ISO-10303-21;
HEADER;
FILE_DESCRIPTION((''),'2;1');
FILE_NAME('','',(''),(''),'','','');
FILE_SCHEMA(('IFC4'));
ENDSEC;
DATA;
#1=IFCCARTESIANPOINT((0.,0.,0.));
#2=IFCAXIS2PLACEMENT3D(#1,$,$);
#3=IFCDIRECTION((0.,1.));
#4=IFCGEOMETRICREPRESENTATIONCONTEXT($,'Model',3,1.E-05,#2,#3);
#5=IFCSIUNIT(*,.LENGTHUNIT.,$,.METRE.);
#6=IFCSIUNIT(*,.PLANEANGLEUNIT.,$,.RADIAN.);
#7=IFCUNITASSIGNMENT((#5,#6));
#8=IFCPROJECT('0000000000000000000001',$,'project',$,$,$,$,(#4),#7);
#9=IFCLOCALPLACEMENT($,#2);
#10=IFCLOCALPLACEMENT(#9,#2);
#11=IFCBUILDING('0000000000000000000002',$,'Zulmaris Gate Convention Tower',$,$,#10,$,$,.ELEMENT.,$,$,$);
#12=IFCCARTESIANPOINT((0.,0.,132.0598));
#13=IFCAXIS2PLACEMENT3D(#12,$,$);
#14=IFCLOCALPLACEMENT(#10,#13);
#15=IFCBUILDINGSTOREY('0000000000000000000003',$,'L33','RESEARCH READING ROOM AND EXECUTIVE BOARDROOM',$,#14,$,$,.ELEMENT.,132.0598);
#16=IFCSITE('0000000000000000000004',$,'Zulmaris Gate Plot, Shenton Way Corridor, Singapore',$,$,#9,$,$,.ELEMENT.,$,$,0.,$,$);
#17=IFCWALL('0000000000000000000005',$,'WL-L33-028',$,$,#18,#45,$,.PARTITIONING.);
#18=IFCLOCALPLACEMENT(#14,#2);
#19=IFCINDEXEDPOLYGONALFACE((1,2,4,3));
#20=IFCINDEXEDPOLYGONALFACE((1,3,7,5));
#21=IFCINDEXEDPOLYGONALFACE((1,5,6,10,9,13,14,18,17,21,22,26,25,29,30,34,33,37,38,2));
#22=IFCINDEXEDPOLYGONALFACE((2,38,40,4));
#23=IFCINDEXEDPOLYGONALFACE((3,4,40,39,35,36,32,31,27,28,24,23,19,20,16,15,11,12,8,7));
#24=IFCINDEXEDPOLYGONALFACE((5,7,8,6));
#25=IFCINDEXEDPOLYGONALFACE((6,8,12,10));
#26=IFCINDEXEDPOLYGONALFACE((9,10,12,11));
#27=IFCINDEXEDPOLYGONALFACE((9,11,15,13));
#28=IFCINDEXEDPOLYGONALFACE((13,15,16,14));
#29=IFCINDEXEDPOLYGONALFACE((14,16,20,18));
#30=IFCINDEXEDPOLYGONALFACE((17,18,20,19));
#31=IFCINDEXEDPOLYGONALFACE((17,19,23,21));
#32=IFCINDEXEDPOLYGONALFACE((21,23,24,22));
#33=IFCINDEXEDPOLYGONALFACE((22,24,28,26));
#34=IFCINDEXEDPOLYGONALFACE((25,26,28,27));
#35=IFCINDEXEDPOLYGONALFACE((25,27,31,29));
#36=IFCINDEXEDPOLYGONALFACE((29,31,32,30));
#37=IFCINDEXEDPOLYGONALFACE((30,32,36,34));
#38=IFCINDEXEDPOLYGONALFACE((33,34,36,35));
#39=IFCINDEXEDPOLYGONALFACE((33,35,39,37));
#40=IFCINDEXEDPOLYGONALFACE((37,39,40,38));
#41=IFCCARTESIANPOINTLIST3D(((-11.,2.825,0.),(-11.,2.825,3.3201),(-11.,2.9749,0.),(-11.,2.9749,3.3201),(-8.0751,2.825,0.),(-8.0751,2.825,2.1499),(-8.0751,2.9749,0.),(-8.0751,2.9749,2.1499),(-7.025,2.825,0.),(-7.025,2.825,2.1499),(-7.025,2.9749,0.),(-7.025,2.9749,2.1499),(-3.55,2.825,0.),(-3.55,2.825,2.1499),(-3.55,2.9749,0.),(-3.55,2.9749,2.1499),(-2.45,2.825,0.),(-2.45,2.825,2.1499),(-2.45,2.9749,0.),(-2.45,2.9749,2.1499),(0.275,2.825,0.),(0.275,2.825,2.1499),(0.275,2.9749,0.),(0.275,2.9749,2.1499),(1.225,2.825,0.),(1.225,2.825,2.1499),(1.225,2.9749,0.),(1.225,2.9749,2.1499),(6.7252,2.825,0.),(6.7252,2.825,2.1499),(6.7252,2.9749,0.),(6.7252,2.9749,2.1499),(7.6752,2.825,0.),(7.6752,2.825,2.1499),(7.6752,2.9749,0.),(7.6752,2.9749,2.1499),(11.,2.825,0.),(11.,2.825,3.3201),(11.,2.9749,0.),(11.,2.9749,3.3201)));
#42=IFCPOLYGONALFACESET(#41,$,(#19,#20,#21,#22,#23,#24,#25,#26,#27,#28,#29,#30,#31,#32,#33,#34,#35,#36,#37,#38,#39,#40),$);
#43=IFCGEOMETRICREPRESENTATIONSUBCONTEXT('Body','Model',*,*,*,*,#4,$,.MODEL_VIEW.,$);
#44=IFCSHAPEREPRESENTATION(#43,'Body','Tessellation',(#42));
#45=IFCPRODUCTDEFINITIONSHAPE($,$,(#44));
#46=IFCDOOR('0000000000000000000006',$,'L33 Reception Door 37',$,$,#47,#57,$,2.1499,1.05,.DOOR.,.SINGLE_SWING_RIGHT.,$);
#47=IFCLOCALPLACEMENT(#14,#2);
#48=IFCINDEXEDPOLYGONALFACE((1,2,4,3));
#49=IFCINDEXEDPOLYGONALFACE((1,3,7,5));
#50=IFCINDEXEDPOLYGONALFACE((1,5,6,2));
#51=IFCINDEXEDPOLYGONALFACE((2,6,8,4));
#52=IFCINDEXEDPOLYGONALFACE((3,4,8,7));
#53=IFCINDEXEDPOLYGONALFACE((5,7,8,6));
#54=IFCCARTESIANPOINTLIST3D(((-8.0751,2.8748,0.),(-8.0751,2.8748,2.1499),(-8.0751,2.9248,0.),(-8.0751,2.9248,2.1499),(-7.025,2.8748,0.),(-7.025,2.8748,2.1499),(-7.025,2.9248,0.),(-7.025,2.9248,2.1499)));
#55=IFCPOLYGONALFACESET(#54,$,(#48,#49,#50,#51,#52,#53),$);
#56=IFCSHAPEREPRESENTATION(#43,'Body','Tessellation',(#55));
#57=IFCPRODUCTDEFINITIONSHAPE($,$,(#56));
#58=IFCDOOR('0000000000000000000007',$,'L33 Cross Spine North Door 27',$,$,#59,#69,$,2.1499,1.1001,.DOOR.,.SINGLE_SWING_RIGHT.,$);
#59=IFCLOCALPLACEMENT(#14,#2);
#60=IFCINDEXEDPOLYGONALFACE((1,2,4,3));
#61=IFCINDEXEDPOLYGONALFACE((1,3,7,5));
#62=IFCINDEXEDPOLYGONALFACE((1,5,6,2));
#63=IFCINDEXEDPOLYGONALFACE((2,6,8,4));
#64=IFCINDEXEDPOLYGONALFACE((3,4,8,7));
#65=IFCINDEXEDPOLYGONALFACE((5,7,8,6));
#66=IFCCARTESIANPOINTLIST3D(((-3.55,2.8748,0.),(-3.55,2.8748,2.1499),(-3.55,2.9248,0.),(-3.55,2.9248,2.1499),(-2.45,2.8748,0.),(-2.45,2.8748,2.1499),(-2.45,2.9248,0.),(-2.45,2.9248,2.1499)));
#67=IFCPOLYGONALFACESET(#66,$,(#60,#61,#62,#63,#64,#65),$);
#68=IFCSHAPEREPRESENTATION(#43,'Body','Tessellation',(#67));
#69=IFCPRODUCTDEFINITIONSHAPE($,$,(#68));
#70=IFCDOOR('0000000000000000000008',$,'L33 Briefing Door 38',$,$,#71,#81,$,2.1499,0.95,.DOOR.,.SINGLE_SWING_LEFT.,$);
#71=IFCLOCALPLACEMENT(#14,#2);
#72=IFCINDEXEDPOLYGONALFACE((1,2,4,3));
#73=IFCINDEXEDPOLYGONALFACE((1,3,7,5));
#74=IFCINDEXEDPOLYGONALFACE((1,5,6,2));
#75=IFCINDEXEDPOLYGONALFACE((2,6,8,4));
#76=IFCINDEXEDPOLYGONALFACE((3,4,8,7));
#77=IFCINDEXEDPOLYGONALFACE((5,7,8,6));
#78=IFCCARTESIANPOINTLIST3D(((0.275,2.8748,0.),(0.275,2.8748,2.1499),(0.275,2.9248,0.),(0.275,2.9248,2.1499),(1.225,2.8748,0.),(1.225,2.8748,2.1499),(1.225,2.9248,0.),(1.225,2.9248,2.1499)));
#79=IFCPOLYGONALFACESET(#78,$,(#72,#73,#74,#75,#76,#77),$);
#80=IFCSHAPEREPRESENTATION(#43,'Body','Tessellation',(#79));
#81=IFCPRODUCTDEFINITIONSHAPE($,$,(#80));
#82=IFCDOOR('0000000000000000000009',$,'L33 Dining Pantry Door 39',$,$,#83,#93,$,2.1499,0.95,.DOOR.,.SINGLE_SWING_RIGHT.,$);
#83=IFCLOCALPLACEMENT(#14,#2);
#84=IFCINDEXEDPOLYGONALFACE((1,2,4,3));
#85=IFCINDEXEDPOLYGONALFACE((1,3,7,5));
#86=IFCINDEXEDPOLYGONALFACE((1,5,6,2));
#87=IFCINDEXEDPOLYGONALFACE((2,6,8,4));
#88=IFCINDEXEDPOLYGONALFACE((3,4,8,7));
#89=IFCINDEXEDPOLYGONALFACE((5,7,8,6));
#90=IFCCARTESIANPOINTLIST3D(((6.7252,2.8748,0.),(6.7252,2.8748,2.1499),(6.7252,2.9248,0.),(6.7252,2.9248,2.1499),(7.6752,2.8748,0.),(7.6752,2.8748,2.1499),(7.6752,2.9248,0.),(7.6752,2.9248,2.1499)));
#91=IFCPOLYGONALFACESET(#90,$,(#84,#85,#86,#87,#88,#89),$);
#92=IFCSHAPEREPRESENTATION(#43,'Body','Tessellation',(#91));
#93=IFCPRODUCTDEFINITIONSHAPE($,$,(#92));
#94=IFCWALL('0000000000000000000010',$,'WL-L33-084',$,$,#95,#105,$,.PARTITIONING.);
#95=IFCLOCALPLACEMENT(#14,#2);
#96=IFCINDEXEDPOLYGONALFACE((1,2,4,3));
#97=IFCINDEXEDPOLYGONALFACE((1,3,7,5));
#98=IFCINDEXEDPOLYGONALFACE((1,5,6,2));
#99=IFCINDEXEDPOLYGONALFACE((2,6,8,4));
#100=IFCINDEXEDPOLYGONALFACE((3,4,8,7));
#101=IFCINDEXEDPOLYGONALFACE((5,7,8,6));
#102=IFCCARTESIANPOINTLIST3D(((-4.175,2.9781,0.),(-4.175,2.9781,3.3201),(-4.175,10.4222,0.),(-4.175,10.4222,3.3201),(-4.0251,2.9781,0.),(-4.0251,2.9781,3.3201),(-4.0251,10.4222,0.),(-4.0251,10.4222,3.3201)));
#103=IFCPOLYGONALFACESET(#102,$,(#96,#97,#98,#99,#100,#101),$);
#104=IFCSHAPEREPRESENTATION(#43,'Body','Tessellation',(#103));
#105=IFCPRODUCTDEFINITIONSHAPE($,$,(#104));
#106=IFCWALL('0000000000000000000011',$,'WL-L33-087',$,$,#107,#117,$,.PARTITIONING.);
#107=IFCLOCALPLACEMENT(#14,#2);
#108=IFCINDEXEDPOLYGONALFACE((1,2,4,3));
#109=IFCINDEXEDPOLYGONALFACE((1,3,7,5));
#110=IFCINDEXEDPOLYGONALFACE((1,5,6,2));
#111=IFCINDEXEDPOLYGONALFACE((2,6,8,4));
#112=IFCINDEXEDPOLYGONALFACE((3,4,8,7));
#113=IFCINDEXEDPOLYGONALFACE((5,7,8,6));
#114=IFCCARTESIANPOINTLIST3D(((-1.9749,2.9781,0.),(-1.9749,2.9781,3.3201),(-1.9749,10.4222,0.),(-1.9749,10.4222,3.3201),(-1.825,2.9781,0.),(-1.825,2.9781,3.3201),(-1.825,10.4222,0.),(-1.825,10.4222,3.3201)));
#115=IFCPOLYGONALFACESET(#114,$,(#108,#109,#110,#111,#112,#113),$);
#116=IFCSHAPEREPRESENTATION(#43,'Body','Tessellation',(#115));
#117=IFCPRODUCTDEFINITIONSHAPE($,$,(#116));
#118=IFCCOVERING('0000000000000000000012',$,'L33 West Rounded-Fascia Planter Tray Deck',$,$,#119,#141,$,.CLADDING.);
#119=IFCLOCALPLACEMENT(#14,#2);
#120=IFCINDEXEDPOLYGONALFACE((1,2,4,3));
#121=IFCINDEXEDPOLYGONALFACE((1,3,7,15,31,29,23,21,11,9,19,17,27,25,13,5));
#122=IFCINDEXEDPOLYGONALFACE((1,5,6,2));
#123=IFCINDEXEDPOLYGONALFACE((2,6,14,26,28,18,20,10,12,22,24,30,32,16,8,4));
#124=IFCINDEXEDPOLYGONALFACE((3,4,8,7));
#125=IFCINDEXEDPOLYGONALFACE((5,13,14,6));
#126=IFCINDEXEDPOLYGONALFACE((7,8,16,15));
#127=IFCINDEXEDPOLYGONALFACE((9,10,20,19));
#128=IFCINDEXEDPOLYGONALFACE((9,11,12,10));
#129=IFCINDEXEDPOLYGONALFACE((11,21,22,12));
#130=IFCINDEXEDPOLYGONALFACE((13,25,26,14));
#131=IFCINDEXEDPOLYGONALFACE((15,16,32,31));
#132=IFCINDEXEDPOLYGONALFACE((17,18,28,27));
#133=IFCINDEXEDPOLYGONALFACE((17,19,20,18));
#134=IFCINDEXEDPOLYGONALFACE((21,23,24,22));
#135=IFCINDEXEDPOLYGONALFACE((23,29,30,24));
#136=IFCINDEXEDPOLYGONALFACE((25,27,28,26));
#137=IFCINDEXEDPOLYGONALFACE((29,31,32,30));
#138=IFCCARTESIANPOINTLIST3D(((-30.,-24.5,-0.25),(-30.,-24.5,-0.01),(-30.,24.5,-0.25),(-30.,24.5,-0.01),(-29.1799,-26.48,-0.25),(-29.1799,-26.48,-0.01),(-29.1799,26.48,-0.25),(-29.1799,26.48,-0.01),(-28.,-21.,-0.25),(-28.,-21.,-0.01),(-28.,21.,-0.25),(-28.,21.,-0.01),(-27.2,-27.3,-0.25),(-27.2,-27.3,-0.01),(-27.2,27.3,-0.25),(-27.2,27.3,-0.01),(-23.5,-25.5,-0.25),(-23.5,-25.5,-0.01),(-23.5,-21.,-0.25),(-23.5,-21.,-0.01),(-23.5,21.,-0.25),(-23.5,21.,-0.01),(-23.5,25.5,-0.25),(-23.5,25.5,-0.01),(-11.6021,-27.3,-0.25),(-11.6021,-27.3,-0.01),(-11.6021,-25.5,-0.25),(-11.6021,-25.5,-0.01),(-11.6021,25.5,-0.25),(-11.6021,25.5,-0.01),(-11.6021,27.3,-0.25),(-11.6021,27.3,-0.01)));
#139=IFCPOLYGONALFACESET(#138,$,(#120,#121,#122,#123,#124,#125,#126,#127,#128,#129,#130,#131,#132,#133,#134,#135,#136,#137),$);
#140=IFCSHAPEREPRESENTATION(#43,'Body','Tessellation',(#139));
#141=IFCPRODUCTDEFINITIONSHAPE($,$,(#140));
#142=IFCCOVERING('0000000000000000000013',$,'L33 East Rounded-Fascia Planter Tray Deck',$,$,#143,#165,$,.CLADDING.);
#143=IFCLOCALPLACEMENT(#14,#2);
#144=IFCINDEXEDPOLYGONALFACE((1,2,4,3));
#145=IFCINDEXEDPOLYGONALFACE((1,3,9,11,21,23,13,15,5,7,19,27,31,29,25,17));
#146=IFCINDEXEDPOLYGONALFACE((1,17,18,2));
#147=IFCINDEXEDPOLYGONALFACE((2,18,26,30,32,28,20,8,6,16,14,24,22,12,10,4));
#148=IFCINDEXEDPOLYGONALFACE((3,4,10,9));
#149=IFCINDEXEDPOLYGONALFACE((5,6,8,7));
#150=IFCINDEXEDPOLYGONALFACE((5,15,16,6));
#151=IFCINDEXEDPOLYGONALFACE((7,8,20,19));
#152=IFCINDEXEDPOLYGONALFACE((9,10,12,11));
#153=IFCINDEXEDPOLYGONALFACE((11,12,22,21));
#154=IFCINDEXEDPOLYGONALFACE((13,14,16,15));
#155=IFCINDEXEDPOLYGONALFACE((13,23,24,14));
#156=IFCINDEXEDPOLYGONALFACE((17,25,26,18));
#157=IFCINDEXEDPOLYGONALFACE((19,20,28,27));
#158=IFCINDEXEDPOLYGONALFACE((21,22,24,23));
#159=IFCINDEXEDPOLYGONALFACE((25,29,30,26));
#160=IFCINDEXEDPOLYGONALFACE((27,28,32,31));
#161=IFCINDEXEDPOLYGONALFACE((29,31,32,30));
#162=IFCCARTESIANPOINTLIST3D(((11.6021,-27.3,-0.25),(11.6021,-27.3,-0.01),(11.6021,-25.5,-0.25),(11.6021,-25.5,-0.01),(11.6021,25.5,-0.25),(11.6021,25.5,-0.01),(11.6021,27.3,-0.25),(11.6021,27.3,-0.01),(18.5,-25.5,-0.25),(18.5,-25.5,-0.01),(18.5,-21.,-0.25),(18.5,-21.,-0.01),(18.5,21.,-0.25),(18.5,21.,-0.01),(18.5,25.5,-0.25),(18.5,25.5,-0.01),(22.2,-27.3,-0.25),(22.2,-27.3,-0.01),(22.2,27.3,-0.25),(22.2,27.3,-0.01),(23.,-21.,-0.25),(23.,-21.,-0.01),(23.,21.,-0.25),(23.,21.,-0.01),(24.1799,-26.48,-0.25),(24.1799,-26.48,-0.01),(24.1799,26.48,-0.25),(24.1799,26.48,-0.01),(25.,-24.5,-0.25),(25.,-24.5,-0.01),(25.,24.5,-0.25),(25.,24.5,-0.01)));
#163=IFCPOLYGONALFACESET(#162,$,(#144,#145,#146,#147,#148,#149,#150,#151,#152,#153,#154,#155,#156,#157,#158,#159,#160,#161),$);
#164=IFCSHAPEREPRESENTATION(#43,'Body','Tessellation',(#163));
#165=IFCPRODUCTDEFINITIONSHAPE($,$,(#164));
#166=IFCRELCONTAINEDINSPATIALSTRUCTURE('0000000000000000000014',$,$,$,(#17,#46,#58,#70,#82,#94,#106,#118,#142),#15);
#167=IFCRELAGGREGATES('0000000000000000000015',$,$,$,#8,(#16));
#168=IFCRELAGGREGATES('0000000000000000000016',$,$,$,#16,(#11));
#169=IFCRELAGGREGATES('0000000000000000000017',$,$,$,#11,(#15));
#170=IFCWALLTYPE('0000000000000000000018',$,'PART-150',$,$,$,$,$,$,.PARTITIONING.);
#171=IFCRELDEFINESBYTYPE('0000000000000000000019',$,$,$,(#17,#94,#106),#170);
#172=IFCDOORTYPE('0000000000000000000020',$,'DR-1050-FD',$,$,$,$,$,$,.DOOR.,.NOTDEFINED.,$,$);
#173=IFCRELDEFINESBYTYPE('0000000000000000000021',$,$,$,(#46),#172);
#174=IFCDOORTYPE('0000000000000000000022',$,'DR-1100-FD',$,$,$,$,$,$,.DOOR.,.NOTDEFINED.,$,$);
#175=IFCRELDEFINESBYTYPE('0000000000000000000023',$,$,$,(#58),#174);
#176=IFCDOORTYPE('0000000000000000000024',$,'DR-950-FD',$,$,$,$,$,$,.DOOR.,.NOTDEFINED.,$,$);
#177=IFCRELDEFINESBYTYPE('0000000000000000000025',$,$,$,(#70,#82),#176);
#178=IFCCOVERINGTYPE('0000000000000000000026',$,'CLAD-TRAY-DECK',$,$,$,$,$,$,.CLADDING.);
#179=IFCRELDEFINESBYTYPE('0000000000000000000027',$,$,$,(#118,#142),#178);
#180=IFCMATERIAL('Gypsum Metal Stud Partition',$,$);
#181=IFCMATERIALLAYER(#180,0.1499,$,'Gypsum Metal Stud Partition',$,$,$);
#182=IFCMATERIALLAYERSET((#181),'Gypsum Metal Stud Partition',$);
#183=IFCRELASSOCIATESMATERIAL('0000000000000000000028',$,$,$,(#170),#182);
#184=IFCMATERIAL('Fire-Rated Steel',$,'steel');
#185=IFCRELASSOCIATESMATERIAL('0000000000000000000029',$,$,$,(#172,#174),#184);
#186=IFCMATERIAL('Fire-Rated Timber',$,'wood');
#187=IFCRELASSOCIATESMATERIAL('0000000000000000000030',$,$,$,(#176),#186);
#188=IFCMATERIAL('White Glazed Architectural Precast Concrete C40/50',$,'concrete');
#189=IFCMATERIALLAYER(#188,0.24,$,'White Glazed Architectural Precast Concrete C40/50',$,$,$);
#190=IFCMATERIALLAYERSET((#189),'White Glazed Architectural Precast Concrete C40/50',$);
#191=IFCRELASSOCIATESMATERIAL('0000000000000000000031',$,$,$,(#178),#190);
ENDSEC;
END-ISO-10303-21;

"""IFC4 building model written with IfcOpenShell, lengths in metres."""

from ifc_helpers import new_model, si_unit, direction, frame, frame_2d, origin, place, context, subcontext, project, spatial, polyline, rectangle, outline, extrude, material, layer, layer_set, type_object, element, fill, save


model = new_model("IFC4")

# Units and contexts
model_context = context("Model", 3, precision=1e-05, world=origin(), true_north=direction((0.0, 1.0)))
body_context = subcontext(model_context, "Body", "Model", "MODEL_VIEW")
ifc_project = project(units=[si_unit("LENGTHUNIT", "METRE"), si_unit("PLANEANGLEUNIT", "RADIAN")], contexts=[model_context])

# Site, building, storey
site_placement = place(None, origin())
site = spatial("IfcSite", under=ifc_project, at=site_placement, Name="Zulmaris Gate Plot, Shenton Way Corridor, Singapore", CompositionType="ELEMENT", RefElevation=0.0)
building_placement = place(site_placement, origin())
building = spatial("IfcBuilding", under=site, at=building_placement, Name="Zulmaris Gate Convention Tower", CompositionType="ELEMENT")
storey_placement = place(building_placement, frame((0.0, 0.0, 132.0598)))
storey = spatial("IfcBuildingStorey", under=building, at=storey_placement, Name="L33", Description="RESEARCH READING ROOM AND EXECUTIVE BOARDROOM", CompositionType="ELEMENT", Elevation=132.0598)

# Wall, openings, doors
ifc_material_1 = material(Name="Gypsum Metal Stud Partition")
ifc_layer_1 = layer(ifc_material_1, 0.1499, Name="Gypsum Metal Stud Partition")
ifc_layer_set_1 = layer_set([ifc_layer_1], Name="Gypsum Metal Stud Partition")
wall_type = type_object("IfcWallType", Name="PART-150", PredefinedType="PARTITIONING", material=ifc_layer_set_1)
wall_placement = place(storey_placement, frame((-11.0, 2.8999, 0.0), z_axis=(0.0, 0.0, 1.0), x_axis=(1.0, 0.0, 0.0)))
wall = element("IfcWall", 1, at=wall_placement, inside=storey, type_object=wall_type, Name="WL-L33-028", PredefinedType="PARTITIONING", context=body_context, shape_type="SweptSolid", body=[
    extrude(rectangle(XDim=22.0, YDim=0.1499, at=frame_2d((11.0, 0.0))), origin(), (0.0, 0.0, 1.0), 3.3201),
])
opening_1_placement = place(wall_placement, frame((7.45, 0.0, 0.0)))
opening_1 = element("IfcOpeningElement", 2, at=opening_1_placement, cuts=wall, PredefinedType="OPENING", context=body_context, shape_type="SweptSolid", body=[
    extrude(rectangle(XDim=1.1001, YDim=2.1499, at=frame_2d((0.55, 1.075))), frame((0.0, 0.085, 0.0), z_axis=(0.0, -1.0, 0.0), x_axis=(1.0, 0.0, 0.0)), (0.0, 0.0, 1.0), 0.1699),
])
opening_2_placement = place(wall_placement, frame((2.925, 0.0, 0.0)))
opening_2 = element("IfcOpeningElement", 3, at=opening_2_placement, cuts=wall, PredefinedType="OPENING", context=body_context, shape_type="SweptSolid", body=[
    extrude(rectangle(XDim=1.05, YDim=2.1499, at=frame_2d((0.5249, 1.075))), frame((0.0, 0.085, 0.0), z_axis=(0.0, -1.0, 0.0), x_axis=(1.0, 0.0, 0.0)), (0.0, 0.0, 1.0), 0.1699),
])
opening_3_placement = place(wall_placement, frame((11.2749, 0.0, 0.0)))
opening_3 = element("IfcOpeningElement", 4, at=opening_3_placement, cuts=wall, PredefinedType="OPENING", context=body_context, shape_type="SweptSolid", body=[
    extrude(rectangle(XDim=0.95, YDim=2.1499, at=frame_2d((0.4751, 1.075))), frame((0.0, 0.085, 0.0), z_axis=(0.0, -1.0, 0.0), x_axis=(1.0, 0.0, 0.0)), (0.0, 0.0, 1.0), 0.1699),
])
opening_4_placement = place(wall_placement, frame((17.7251, 0.0, 0.0)))
opening_4 = element("IfcOpeningElement", 5, at=opening_4_placement, cuts=wall, PredefinedType="OPENING", context=body_context, shape_type="SweptSolid", body=[
    extrude(rectangle(XDim=0.95, YDim=2.1499, at=frame_2d((0.4751, 1.075))), frame((0.0, 0.085, 0.0), z_axis=(0.0, -1.0, 0.0), x_axis=(1.0, 0.0, 0.0)), (0.0, 0.0, 1.0), 0.1699),
])
ifc_material_2 = material(Name="Fire-Rated Steel", Category="steel")
door_type_1 = type_object("IfcDoorType", Name="DR-1050-FD", OperationType="NOTDEFINED", PredefinedType="DOOR", material=ifc_material_2)
door_1_placement = place(opening_2_placement, origin())
door_1 = element("IfcDoor", 6, at=door_1_placement, inside=storey, type_object=door_type_1, Name="L33 Reception Door 37", OperationType="SINGLE_SWING_RIGHT", OverallHeight=2.1499, OverallWidth=1.05, PredefinedType="DOOR", context=body_context, shape_type="SweptSolid", body=[
    extrude(rectangle(XDim=1.05, YDim=2.1499, at=frame_2d((0.5249, 1.075))), frame((0.0, 0.0249, 0.0), z_axis=(0.0, -1.0, 0.0), x_axis=(1.0, 0.0, 0.0)), (0.0, 0.0, 1.0), 0.05),
])
fill(opening_2, door_1)
door_type_2 = type_object("IfcDoorType", Name="DR-1100-FD", OperationType="NOTDEFINED", PredefinedType="DOOR", material=ifc_material_2)
door_2_placement = place(opening_1_placement, origin())
door_2 = element("IfcDoor", 7, at=door_2_placement, inside=storey, type_object=door_type_2, Name="L33 Cross Spine North Door 27", OperationType="SINGLE_SWING_RIGHT", OverallHeight=2.1499, OverallWidth=1.1001, PredefinedType="DOOR", context=body_context, shape_type="SweptSolid", body=[
    extrude(rectangle(XDim=1.1001, YDim=2.1499, at=frame_2d((0.55, 1.075))), frame((0.0, 0.0249, 0.0), z_axis=(0.0, -1.0, 0.0), x_axis=(1.0, 0.0, 0.0)), (0.0, 0.0, 1.0), 0.05),
])
fill(opening_1, door_2)
ifc_material_3 = material(Name="Fire-Rated Timber", Category="wood")
door_type_3 = type_object("IfcDoorType", Name="DR-950-FD", OperationType="NOTDEFINED", PredefinedType="DOOR", material=ifc_material_3)
door_3_placement = place(opening_3_placement, origin())
door_3 = element("IfcDoor", 8, at=door_3_placement, inside=storey, type_object=door_type_3, Name="L33 Briefing Door 38", OperationType="SINGLE_SWING_LEFT", OverallHeight=2.1499, OverallWidth=0.95, PredefinedType="DOOR", context=body_context, shape_type="SweptSolid", body=[
    extrude(rectangle(XDim=0.95, YDim=2.1499, at=frame_2d((0.4751, 1.075))), frame((0.0, 0.0249, 0.0), z_axis=(0.0, -1.0, 0.0), x_axis=(1.0, 0.0, 0.0)), (0.0, 0.0, 1.0), 0.05),
])
fill(opening_3, door_3)
door_4_placement = place(opening_4_placement, origin())
door_4 = element("IfcDoor", 9, at=door_4_placement, inside=storey, type_object=door_type_3, Name="L33 Dining Pantry Door 39", OperationType="SINGLE_SWING_RIGHT", OverallHeight=2.1499, OverallWidth=0.95, PredefinedType="DOOR", context=body_context, shape_type="SweptSolid", body=[
    extrude(rectangle(XDim=0.95, YDim=2.1499, at=frame_2d((0.4751, 1.075))), frame((0.0, 0.0249, 0.0), z_axis=(0.0, -1.0, 0.0), x_axis=(1.0, 0.0, 0.0)), (0.0, 0.0, 1.0), 0.05),
])
fill(opening_4, door_4)

# Walls
for number, where, z_axis, x_axis, name in (
    (10, (-4.1001, 2.978, 0.0), (0.0, 0.0, 1.0), (0.0, 1.0, 0.0), "WL-L33-084"),
    (11, (-1.8999, 2.978, 0.0), (0.0, 0.0, 1.0), (0.0, 1.0, 0.0), "WL-L33-087"),
):
    element("IfcWall", number, at=place(storey_placement, frame(where, z_axis=z_axis, x_axis=x_axis)), inside=storey, type_object=wall_type, Name=name, PredefinedType="PARTITIONING", context=body_context, shape_type="SweptSolid", body=[
        extrude(rectangle(XDim=7.4441, YDim=0.1499, at=frame_2d((3.7222, 0.0))), origin(), (0.0, 0.0, 1.0), 3.3201),
    ])

# Coverings
ifc_material_4 = material(Name="White Glazed Architectural Precast Concrete C40/50", Category="concrete")
ifc_layer_2 = layer(ifc_material_4, 0.24, Name="White Glazed Architectural Precast Concrete C40/50")
ifc_layer_set_2 = layer_set([ifc_layer_2], Name="White Glazed Architectural Precast Concrete C40/50")
covering_type_1 = type_object("IfcCoveringType", Name="CLAD-TRAY-DECK", PredefinedType="CLADDING", material=ifc_layer_set_2)
covering_1_placement = place(storey_placement, frame((0.0, 0.0, -0.25)))
element("IfcCovering", 12, at=covering_1_placement, inside=storey, type_object=covering_type_1, Name="L33 West Rounded-Fascia Planter Tray Deck", PredefinedType="CLADDING", context=body_context, shape_type="SweptSolid", body=[
    extrude(outline(polyline([(-30.0, 24.5), (-29.1799, 26.48), (-27.2, 27.3), (-11.6021, 27.3), (-11.6021, 25.5), (-23.5, 25.5), (-23.5, 21.0), (-28.0, 21.0), (-28.0, -21.0), (-23.5, -21.0), (-23.5, -25.5), (-11.6021, -25.5), (-11.6021, -27.3), (-27.2, -27.3), (-29.1799, -26.48), (-30.0, -24.5), (-30.0, 24.5)])), origin(), (0.0, 0.0, 1.0), 0.24),
])
covering_2_placement = place(storey_placement, frame((0.0, 0.0, -0.25)))
element("IfcCovering", 13, at=covering_2_placement, inside=storey, type_object=covering_type_1, Name="L33 East Rounded-Fascia Planter Tray Deck", PredefinedType="CLADDING", context=body_context, shape_type="SweptSolid", body=[
    extrude(outline(polyline([(22.2, 27.3), (24.1799, 26.48), (25.0, 24.5), (25.0, -24.5), (24.1799, -26.48), (22.2, -27.3), (11.6021, -27.3), (11.6021, -25.5), (18.5, -25.5), (18.5, -21.0), (23.0, -21.0), (23.0, 21.0), (18.5, 21.0), (18.5, 25.5), (11.6021, 25.5), (11.6021, 27.3), (22.2, 27.3)])), origin(), (0.0, 0.0, 1.0), 0.24),
])

save(model, "model.ifc")
